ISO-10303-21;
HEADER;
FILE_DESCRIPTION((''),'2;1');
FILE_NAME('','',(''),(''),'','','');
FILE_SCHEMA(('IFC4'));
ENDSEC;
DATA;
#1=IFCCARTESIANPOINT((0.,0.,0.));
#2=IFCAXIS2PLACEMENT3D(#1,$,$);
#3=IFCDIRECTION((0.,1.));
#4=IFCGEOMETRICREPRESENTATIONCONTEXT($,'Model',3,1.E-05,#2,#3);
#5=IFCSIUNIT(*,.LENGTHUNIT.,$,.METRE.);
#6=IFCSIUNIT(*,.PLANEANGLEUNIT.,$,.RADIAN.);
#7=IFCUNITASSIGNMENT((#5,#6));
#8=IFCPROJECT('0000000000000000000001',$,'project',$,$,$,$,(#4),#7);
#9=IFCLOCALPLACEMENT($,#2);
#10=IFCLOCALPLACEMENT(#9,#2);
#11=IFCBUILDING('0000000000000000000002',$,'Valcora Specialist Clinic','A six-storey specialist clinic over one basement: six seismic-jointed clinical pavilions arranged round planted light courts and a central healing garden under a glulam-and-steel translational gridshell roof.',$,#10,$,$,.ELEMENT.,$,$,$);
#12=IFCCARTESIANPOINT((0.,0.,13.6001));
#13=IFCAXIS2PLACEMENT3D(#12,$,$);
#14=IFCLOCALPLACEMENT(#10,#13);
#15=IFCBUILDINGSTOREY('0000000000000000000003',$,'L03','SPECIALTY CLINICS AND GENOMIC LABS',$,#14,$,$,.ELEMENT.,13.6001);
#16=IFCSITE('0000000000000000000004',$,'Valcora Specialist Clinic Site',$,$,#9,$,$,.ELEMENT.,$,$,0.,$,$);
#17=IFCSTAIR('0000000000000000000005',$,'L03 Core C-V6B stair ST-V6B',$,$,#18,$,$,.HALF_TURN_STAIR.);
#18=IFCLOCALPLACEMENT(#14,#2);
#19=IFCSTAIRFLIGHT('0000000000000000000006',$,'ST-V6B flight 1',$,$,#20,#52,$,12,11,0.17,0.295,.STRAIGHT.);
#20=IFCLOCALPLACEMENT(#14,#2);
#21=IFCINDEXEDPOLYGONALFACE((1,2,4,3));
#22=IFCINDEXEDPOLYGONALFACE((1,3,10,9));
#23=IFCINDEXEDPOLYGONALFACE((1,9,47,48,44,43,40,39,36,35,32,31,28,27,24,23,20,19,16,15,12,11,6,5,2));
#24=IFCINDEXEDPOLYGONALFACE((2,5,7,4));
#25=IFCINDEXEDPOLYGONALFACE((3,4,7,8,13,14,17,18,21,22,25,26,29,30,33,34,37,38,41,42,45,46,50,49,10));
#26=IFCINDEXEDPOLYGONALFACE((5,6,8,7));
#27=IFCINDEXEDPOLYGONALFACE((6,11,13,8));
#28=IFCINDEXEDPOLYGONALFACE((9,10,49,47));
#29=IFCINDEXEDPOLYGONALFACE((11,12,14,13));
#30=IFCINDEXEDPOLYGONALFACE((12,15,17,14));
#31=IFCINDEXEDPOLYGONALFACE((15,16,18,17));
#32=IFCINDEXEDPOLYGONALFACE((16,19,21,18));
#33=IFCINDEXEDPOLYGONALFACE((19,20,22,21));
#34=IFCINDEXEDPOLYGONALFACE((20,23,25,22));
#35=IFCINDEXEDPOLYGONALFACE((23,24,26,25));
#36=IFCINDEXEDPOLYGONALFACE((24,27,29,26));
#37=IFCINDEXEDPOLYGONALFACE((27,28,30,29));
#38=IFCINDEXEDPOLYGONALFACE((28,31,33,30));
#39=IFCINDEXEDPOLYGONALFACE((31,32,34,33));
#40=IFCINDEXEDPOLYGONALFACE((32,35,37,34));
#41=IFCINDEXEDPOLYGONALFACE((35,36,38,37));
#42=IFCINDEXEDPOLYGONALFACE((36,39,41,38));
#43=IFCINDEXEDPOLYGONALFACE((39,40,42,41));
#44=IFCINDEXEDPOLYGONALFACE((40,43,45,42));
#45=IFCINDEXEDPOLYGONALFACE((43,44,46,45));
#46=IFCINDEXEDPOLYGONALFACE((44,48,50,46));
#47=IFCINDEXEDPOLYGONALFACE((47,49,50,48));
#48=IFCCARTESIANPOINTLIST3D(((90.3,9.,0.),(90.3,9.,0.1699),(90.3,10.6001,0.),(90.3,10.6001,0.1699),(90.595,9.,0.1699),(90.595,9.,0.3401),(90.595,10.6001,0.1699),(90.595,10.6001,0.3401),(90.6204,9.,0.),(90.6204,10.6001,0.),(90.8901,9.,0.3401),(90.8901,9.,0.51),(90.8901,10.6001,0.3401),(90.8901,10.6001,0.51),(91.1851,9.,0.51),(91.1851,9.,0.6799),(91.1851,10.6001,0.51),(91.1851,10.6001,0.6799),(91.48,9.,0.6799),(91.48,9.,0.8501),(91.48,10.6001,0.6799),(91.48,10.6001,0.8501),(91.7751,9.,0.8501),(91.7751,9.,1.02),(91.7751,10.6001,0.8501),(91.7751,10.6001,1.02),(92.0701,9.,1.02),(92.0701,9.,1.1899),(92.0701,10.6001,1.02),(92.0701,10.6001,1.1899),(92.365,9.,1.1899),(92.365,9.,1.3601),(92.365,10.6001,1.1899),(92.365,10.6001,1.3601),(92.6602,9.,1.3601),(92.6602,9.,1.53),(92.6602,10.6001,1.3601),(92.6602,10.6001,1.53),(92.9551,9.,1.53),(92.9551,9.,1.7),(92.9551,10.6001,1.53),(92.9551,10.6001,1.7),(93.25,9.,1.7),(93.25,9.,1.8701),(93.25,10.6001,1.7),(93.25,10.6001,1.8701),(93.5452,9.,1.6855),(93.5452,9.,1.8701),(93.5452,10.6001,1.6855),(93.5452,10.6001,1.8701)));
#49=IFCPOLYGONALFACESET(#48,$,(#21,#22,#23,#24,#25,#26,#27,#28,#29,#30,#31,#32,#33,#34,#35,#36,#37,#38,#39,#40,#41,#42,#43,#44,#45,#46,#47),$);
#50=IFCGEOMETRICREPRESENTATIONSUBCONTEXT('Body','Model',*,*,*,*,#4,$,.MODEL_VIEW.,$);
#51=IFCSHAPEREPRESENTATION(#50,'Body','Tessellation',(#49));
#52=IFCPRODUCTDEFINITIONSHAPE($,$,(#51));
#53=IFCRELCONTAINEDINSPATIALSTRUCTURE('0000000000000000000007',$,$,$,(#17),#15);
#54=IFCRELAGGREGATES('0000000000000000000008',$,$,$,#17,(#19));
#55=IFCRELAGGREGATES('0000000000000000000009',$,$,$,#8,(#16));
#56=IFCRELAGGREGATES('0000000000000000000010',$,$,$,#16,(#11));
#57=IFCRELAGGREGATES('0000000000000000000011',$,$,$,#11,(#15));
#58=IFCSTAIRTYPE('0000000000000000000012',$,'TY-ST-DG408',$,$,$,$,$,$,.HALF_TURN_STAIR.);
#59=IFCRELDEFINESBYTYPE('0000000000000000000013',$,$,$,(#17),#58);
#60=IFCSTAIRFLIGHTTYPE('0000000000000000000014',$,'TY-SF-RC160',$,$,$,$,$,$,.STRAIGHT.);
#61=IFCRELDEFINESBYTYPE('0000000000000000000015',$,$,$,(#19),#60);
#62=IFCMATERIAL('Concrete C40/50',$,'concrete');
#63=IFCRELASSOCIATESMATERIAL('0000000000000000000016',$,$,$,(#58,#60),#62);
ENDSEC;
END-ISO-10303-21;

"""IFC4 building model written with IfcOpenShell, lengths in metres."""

from ifc_helpers import new_model, si_unit, direction, frame, origin, place, context, subcontext, project, spatial, polyline, outline, extrude, material, type_object, element, aggregate, save


model = new_model("IFC4")

# Units and contexts
model_context = context("Model", 3, precision=1e-05, world=origin(), true_north=direction((0.0, 1.0)))
body_context = subcontext(model_context, "Body", "Model", "MODEL_VIEW")
ifc_project = project(units=[si_unit("LENGTHUNIT", "METRE"), si_unit("PLANEANGLEUNIT", "RADIAN")], contexts=[model_context])

# Site, building, storey
site_placement = place(None, origin())
site = spatial("IfcSite", under=ifc_project, at=site_placement, Name="Valcora Specialist Clinic Site", CompositionType="ELEMENT", RefElevation=0.0)
building_placement = place(site_placement, origin())
building = spatial("IfcBuilding", under=site, at=building_placement, Name="Valcora Specialist Clinic", Description="A six-storey specialist clinic over one basement: six seismic-jointed clinical pavilions arranged round planted light courts and a central healing garden under a glulam-and-steel translational gridshell roof.", CompositionType="ELEMENT")
storey_placement = place(building_placement, frame((0.0, 0.0, 13.6001)))
storey = spatial("IfcBuildingStorey", under=building, at=storey_placement, Name="L03", Description="SPECIALTY CLINICS AND GENOMIC LABS", CompositionType="ELEMENT", Elevation=13.6001)

# Shared definitions
ifc_material_1 = material(Name="Concrete C40/50", Category="concrete")

# Stair, stair flight
stair_type = type_object("IfcStairType", Name="TY-ST-DG408", PredefinedType="HALF_TURN_STAIR", material=ifc_material_1)
stair_placement = place(storey_placement, origin())
stair = element("IfcStair", 1, at=stair_placement, inside=storey, type_object=stair_type, Name="L03 Core C-V6B stair ST-V6B", PredefinedType="HALF_TURN_STAIR")
stair_flight_type = type_object("IfcStairFlightType", Name="TY-SF-RC160", PredefinedType="STRAIGHT", material=ifc_material_1)
stair_flight_placement = place(storey_placement, frame((90.3, 9.8, 0.0), z_axis=(0.0, 0.0, 1.0), x_axis=(1.0, 0.0, 0.0)))
stair_flight = element("IfcStairFlight", 2, at=stair_flight_placement, type_object=stair_flight_type, Name="ST-V6B flight 1", NumberOfRisers=12, NumberOfTreads=11, PredefinedType="STRAIGHT", RiserHeight=0.17, TreadLength=0.295, context=body_context, shape_type="SweptSolid", body=[
    extrude(outline(polyline([(0.0, 0.0), (0.0, 0.1699), (0.2949, 0.1699), (0.2949, 0.3401), (0.5901, 0.3401), (0.5901, 0.51), (0.885, 0.51), (0.885, 0.6799), (1.1799, 0.6799), (1.1799, 0.8501), (1.4751, 0.8501), (1.4751, 1.02), (1.77, 1.02), (1.77, 1.1899), (2.0649, 1.1899), (2.0649, 1.3601), (2.3601, 1.3601), (2.3601, 1.53), (2.655, 1.53), (2.655, 1.7), (2.95, 1.7), (2.95, 1.8701), (3.2451, 1.8701), (3.2451, 2.04), (3.2451, 1.6855), (0.3203, 0.0), (0.0, 0.0)])), frame((0.0, 0.8, 0.0), z_axis=(0.0, -1.0, 0.0), x_axis=(1.0, 0.0, 0.0)), (0.0, 0.0, 1.0), 1.6001),
])
aggregate(stair, [stair_flight])

save(model, "model.ifc")
